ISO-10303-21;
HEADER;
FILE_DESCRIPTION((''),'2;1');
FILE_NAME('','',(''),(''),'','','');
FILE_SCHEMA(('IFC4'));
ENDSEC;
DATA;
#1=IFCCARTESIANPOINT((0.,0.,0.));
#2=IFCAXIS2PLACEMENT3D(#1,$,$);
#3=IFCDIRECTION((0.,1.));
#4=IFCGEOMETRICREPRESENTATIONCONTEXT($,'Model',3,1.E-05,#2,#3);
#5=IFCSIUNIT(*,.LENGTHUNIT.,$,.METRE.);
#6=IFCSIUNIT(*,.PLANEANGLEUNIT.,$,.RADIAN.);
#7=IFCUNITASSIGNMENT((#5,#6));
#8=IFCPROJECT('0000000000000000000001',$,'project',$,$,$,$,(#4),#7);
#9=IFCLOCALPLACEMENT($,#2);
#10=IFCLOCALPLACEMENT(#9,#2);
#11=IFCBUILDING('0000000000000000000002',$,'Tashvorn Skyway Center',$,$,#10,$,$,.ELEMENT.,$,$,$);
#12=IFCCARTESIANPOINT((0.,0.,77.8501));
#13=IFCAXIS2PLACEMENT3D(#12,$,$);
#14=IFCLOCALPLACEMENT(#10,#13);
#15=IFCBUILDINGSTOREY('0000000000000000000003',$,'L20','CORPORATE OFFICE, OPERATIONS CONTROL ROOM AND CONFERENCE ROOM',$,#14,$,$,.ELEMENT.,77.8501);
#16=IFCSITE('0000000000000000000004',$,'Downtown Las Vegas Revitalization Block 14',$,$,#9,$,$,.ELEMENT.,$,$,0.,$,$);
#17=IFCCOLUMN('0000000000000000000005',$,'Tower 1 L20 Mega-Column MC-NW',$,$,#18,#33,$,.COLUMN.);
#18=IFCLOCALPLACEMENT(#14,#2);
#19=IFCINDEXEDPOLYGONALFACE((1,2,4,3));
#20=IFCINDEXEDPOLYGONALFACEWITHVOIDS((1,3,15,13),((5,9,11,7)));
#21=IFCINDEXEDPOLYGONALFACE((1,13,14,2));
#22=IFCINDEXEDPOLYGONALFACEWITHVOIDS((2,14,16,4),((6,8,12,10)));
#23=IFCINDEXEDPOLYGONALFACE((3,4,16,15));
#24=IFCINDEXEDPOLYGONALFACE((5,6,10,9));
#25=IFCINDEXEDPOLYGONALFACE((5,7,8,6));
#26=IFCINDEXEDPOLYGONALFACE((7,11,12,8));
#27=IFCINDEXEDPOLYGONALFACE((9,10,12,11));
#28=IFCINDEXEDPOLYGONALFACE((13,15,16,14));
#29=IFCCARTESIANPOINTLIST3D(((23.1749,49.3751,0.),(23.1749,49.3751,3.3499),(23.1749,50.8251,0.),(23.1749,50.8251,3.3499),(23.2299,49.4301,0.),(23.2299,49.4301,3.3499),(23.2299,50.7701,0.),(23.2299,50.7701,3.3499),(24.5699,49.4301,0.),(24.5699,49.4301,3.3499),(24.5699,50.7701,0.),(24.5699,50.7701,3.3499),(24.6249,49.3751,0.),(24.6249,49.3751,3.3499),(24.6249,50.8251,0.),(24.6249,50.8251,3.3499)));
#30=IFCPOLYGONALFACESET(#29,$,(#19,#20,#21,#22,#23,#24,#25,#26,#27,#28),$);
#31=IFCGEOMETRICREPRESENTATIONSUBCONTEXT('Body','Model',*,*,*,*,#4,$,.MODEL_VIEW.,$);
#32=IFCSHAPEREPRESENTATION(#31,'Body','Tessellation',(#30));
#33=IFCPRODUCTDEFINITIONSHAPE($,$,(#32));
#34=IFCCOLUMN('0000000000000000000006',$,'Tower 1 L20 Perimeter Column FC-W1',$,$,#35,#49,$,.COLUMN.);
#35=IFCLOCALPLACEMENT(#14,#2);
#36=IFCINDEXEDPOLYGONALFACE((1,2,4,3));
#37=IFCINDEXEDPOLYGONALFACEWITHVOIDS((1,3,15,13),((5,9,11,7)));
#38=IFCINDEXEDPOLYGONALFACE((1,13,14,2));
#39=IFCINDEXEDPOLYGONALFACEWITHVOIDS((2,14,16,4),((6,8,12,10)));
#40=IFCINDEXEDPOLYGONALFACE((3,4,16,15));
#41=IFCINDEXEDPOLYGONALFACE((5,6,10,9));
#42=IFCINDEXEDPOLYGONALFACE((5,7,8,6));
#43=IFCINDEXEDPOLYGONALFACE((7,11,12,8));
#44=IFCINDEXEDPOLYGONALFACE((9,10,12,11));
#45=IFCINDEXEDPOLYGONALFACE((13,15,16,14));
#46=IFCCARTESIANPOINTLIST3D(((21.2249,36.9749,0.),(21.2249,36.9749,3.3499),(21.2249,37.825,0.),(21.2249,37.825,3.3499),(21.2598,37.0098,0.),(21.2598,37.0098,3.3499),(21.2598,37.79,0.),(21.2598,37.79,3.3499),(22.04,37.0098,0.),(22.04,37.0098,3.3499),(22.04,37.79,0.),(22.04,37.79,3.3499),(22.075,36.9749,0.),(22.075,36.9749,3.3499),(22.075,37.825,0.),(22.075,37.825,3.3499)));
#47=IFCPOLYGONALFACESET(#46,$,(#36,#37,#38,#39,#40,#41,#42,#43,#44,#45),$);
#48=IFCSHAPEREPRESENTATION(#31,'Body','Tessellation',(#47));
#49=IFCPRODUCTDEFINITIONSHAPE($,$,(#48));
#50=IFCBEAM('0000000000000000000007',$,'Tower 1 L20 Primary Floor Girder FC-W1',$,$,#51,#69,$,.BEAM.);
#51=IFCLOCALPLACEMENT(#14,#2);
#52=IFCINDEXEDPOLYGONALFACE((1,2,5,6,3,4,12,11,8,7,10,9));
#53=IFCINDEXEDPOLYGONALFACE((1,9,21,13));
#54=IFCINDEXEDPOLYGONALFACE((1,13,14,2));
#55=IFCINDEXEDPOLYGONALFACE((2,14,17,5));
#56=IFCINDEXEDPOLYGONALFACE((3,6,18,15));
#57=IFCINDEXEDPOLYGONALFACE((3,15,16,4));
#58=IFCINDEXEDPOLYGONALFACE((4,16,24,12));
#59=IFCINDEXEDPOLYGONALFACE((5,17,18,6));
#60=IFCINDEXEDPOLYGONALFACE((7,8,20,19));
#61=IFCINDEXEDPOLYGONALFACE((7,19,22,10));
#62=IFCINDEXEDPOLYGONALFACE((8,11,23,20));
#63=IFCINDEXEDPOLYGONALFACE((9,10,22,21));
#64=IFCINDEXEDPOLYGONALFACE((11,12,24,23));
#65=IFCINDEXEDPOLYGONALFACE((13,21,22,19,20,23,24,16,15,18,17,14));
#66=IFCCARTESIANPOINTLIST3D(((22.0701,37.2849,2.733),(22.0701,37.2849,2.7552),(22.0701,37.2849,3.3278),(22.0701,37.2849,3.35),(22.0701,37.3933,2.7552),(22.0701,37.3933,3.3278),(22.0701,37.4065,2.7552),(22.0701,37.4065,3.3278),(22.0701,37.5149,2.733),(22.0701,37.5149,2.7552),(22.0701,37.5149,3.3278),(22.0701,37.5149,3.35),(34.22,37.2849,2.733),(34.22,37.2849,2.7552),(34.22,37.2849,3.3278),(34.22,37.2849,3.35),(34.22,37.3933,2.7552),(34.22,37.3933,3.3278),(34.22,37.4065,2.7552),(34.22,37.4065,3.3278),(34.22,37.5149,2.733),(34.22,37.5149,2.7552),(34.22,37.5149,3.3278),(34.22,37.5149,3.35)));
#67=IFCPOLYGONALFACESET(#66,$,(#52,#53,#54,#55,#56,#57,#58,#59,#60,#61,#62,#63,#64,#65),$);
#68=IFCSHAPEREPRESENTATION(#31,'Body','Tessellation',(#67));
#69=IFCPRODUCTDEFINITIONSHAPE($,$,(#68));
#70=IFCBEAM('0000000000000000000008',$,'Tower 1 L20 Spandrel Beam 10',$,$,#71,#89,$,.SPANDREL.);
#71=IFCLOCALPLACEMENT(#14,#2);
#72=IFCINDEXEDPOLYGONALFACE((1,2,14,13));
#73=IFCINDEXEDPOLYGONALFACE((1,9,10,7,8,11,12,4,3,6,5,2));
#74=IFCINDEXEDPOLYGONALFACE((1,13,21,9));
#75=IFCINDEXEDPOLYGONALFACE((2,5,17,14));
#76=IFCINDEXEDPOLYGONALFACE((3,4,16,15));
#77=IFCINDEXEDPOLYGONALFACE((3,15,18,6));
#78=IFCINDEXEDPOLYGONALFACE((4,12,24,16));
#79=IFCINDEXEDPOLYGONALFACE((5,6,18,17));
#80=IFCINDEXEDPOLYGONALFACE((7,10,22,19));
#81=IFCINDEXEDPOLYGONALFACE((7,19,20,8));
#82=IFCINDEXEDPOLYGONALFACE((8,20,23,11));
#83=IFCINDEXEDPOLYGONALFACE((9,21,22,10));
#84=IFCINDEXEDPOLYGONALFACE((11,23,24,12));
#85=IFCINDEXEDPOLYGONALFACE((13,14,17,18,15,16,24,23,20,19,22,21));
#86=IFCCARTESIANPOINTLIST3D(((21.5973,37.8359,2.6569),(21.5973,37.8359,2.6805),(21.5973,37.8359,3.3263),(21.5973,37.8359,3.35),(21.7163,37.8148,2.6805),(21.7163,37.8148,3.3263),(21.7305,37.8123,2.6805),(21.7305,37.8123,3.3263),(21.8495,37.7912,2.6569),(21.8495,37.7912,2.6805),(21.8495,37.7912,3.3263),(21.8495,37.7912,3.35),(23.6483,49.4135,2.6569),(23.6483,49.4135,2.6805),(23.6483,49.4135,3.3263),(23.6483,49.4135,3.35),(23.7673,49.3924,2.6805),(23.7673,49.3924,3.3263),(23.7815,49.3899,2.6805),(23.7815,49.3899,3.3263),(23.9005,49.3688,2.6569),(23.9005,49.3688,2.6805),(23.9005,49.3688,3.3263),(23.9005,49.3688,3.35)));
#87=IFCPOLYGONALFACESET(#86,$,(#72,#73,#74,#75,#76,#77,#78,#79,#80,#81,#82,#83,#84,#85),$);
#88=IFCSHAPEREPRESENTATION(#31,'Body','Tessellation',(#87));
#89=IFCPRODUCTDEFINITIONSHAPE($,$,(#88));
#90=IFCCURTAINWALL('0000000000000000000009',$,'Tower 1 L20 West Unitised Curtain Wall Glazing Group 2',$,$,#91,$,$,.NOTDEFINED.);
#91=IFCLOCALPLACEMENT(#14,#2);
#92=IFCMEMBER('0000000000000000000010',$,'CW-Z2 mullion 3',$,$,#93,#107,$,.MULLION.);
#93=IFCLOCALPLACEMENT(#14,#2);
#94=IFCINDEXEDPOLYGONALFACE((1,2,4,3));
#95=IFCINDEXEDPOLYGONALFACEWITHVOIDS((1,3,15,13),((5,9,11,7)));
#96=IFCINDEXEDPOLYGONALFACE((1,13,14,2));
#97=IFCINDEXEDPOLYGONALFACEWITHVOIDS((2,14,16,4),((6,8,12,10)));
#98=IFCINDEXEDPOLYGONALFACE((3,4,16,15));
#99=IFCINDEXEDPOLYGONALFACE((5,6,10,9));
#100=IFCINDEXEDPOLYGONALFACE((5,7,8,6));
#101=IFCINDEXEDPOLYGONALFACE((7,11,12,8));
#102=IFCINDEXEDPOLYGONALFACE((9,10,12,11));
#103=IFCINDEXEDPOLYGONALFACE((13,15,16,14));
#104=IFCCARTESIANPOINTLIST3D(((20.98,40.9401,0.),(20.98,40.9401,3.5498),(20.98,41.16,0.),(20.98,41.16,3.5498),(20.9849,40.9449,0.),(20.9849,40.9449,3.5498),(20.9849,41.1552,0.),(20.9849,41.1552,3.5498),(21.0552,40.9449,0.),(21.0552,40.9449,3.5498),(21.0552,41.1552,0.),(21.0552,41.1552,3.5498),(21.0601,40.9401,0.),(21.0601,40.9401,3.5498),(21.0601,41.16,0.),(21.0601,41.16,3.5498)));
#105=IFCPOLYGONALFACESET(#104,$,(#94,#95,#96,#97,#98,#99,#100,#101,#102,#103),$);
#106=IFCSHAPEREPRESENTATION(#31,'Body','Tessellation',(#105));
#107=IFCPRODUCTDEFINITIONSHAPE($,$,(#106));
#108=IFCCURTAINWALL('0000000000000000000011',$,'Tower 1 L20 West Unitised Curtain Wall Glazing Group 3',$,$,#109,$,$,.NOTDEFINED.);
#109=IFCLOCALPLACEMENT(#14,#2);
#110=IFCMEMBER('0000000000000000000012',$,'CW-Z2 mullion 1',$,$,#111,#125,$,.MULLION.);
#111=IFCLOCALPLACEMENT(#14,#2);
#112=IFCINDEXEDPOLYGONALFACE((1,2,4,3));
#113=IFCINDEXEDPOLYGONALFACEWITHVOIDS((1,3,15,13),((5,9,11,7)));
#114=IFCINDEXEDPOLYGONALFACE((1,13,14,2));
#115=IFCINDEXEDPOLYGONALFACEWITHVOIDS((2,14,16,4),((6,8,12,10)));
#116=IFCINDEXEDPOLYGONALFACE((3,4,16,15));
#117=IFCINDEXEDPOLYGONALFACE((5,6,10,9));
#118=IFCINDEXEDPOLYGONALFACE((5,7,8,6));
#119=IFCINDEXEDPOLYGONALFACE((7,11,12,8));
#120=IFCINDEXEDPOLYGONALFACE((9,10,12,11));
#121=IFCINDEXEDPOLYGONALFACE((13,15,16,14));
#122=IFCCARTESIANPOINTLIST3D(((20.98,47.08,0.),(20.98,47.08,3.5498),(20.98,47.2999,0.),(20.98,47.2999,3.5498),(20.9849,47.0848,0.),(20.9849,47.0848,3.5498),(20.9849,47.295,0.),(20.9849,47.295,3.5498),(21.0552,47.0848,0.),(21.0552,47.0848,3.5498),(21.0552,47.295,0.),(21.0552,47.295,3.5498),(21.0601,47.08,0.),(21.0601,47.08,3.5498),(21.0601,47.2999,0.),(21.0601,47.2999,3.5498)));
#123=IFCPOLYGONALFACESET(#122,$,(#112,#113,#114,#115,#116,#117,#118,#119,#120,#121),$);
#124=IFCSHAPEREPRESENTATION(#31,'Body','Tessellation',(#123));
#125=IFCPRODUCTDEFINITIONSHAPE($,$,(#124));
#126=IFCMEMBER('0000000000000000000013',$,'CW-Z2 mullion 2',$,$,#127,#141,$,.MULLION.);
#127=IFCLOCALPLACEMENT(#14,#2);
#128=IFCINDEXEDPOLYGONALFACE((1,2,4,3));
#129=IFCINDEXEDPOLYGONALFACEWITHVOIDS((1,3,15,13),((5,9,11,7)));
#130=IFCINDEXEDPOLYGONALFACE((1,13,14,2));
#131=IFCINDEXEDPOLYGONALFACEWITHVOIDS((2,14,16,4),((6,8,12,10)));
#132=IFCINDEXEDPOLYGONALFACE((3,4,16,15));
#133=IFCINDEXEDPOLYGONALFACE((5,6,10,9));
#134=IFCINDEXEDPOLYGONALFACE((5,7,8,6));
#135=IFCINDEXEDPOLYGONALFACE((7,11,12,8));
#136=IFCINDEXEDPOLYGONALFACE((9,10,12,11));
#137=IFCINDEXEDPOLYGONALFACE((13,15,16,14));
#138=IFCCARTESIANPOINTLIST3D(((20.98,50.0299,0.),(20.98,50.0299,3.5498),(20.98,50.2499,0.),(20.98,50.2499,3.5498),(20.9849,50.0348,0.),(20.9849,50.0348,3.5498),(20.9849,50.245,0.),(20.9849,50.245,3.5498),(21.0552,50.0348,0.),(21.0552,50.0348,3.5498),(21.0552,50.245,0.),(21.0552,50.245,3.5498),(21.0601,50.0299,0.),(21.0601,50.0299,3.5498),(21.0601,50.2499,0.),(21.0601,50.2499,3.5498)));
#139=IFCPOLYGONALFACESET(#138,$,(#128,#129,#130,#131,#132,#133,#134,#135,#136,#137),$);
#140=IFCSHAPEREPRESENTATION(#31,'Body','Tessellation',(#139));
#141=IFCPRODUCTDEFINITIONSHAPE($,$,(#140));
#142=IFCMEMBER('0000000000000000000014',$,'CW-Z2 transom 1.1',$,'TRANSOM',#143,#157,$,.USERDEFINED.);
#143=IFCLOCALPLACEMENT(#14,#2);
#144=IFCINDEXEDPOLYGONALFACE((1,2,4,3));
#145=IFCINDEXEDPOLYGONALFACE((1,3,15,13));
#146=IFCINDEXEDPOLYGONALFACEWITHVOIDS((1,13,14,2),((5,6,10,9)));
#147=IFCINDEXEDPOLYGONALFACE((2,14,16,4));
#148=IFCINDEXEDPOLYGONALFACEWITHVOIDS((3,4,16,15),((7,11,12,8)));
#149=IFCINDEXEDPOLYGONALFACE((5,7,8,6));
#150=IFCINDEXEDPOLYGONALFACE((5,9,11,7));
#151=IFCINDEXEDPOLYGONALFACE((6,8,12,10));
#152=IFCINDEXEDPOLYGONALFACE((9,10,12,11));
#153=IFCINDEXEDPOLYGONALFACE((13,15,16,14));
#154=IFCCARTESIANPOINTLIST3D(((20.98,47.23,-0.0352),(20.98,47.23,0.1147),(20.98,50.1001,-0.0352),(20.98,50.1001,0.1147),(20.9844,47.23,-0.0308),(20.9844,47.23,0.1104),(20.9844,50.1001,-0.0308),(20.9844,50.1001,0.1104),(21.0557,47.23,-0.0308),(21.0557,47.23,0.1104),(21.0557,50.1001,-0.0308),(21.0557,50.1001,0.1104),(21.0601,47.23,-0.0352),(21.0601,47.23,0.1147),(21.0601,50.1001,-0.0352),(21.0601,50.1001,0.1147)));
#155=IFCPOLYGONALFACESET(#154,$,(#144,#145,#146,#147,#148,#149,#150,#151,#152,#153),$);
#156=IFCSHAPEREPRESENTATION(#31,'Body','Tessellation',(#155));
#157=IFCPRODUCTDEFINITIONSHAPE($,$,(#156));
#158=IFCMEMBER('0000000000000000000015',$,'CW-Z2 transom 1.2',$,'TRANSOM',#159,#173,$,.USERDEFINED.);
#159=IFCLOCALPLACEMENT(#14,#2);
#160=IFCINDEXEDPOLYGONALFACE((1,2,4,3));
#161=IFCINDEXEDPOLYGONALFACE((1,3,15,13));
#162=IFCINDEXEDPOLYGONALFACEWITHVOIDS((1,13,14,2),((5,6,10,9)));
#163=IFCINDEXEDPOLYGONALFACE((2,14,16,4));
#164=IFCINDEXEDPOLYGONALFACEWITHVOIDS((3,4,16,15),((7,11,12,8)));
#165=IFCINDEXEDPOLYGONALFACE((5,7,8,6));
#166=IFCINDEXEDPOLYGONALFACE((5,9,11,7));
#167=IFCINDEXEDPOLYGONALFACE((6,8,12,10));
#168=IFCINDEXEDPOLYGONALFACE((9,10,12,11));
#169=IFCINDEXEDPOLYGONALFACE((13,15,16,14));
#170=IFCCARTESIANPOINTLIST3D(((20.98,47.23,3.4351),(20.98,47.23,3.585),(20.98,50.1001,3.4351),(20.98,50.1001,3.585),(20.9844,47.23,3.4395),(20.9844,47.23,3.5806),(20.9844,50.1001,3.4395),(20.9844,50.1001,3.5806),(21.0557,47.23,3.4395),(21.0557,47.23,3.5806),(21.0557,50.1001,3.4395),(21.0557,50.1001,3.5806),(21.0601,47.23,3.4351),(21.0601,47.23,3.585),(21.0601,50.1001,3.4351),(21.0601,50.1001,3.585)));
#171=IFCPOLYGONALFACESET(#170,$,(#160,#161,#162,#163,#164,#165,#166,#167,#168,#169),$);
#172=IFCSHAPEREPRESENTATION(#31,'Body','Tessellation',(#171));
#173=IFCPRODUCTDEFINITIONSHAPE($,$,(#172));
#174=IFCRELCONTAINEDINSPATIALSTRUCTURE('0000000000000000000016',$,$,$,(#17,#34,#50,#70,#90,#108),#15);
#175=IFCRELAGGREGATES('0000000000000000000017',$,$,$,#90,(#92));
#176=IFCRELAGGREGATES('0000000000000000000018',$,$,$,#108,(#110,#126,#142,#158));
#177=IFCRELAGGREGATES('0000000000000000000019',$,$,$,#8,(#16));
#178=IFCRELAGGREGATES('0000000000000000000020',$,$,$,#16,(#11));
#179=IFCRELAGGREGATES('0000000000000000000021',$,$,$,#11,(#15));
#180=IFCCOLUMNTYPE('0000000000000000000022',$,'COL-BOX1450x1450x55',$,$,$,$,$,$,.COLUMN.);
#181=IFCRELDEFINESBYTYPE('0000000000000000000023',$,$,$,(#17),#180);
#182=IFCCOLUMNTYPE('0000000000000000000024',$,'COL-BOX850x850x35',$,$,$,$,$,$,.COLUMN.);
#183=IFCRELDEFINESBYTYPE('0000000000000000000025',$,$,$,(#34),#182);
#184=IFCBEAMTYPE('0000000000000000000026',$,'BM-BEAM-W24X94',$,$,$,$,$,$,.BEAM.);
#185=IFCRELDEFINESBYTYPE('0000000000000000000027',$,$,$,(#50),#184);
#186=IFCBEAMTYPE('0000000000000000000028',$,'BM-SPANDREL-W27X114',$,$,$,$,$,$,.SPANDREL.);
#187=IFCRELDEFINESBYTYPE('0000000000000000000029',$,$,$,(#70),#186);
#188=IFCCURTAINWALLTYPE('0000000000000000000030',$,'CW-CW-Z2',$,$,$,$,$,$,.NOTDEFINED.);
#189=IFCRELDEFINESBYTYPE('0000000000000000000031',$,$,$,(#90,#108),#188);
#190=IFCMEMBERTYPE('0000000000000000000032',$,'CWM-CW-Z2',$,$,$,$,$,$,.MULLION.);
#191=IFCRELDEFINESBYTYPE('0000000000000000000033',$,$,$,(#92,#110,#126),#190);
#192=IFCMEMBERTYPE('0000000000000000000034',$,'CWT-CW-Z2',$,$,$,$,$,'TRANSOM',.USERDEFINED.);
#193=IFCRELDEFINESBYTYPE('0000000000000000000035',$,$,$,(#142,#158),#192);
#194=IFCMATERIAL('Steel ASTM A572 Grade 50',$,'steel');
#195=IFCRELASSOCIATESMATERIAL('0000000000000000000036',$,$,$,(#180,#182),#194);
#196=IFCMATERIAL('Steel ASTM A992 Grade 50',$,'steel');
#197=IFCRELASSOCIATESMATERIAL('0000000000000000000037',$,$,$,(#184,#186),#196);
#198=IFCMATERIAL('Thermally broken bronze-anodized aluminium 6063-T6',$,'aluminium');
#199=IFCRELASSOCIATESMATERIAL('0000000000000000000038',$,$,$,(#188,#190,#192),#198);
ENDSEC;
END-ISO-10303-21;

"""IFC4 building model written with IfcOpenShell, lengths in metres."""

from ifc_helpers import new_model, si_unit, direction, frame, origin, origin_2d, place, context, subcontext, project, spatial, hollow_rectangle, i_section, extrude, material, material_profile, profile_set, type_object, element, aggregate, save


model = new_model("IFC4")

# Units and contexts
model_context = context("Model", 3, precision=1e-05, world=origin(), true_north=direction((0.0, 1.0)))
body_context = subcontext(model_context, "Body", "Model", "MODEL_VIEW")
ifc_project = project(units=[si_unit("LENGTHUNIT", "METRE"), si_unit("PLANEANGLEUNIT", "RADIAN")], contexts=[model_context])

# Site, building, storey
site_placement = place(None, origin())
site = spatial("IfcSite", under=ifc_project, at=site_placement, Name="Downtown Las Vegas Revitalization Block 14", CompositionType="ELEMENT", RefElevation=0.0)
building_placement = place(site_placement, origin())
building = spatial("IfcBuilding", under=site, at=building_placement, Name="Tashvorn Skyway Center", CompositionType="ELEMENT")
storey_placement = place(building_placement, frame((0.0, 0.0, 77.8501)))
storey = spatial("IfcBuildingStorey", under=building, at=storey_placement, Name="L20", Description="CORPORATE OFFICE, OPERATIONS CONTROL ROOM AND CONFERENCE ROOM", CompositionType="ELEMENT", Elevation=77.8501)

# Columns
ifc_material_1 = material(Name="Steel ASTM A572 Grade 50", Category="steel")
ifc_material_profile_1 = material_profile(ifc_material_1, hollow_rectangle(XDim=1.45, YDim=1.45, WallThickness=0.0549, at=origin_2d()), Name="BOX1450x1450x55")
ifc_profile_set_1 = profile_set([ifc_material_profile_1], Name="Steel ASTM A572 Grade 50")
column_type_1 = type_object("IfcColumnType", Name="COL-BOX1450x1450x55", PredefinedType="COLUMN", material=ifc_profile_set_1)
column_1_placement = place(storey_placement, frame((23.8999, 50.1001, 0.0), z_axis=(0.0, 0.0, 1.0), x_axis=(1.0, 0.0, 0.0)))
element("IfcColumn", 1, at=column_1_placement, inside=storey, type_object=column_type_1, Name="Tower 1 L20 Mega-Column MC-NW", PredefinedType="COLUMN", context=body_context, shape_type="SweptSolid", body=[
    extrude(hollow_rectangle(XDim=1.45, YDim=1.45, WallThickness=0.0549, at=origin_2d()), origin(), (0.0, 0.0, 1.0), 3.3499),
])
ifc_material_profile_2 = material_profile(ifc_material_1, hollow_rectangle(XDim=0.8501, YDim=0.8501, WallThickness=0.0349, at=origin_2d()), Name="BOX850x850x35")
ifc_profile_set_2 = profile_set([ifc_material_profile_2], Name="Steel ASTM A572 Grade 50")
column_type_2 = type_object("IfcColumnType", Name="COL-BOX850x850x35", PredefinedType="COLUMN", material=ifc_profile_set_2)
column_2_placement = place(storey_placement, frame((21.6499, 37.3999, 0.0), z_axis=(0.0, 0.0, 1.0), x_axis=(1.0, 0.0, 0.0)))
element("IfcColumn", 2, at=column_2_placement, inside=storey, type_object=column_type_2, Name="Tower 1 L20 Perimeter Column FC-W1", PredefinedType="COLUMN", context=body_context, shape_type="SweptSolid", body=[
    extrude(hollow_rectangle(XDim=0.8501, YDim=0.8501, WallThickness=0.0349, at=origin_2d()), origin(), (0.0, 0.0, 1.0), 3.3499),
])

# Beams
ifc_material_2 = material(Name="Steel ASTM A992 Grade 50", Category="steel")
ifc_material_profile_3 = material_profile(ifc_material_2, i_section(OverallWidth=0.23, OverallDepth=0.6169, WebThickness=0.0132, FlangeThickness=0.0222, at=origin_2d()), Name="W24X94")
ifc_profile_set_3 = profile_set([ifc_material_profile_3], Name="Steel ASTM A992 Grade 50")
beam_type_1 = type_object("IfcBeamType", Name="BM-BEAM-W24X94", PredefinedType="BEAM", material=ifc_profile_set_3)
beam_1_placement = place(storey_placement, frame((22.0701, 37.3999, 3.0415), z_axis=(1.0, 0.0, 0.0), x_axis=(0.0, 1.0, 0.0)))
element("IfcBeam", 3, at=beam_1_placement, inside=storey, type_object=beam_type_1, Name="Tower 1 L20 Primary Floor Girder FC-W1", PredefinedType="BEAM", context=body_context, shape_type="SweptSolid", body=[
    extrude(i_section(OverallWidth=0.23, OverallDepth=0.6169, WebThickness=0.0132, FlangeThickness=0.0222, at=origin_2d()), origin(), (0.0, 0.0, 1.0), 12.1499),
])
ifc_material_profile_4 = material_profile(ifc_material_2, i_section(OverallWidth=0.2561, OverallDepth=0.6931, WebThickness=0.0144, FlangeThickness=0.0237, at=origin_2d()), Name="W27X114")
ifc_profile_set_4 = profile_set([ifc_material_profile_4], Name="Steel ASTM A992 Grade 50")
beam_type_2 = type_object("IfcBeamType", Name="BM-SPANDREL-W27X114", PredefinedType="SPANDREL", material=ifc_profile_set_4)
beam_2_placement = place(storey_placement, frame((23.7744, 49.3911, 3.0034), z_axis=(-0.174438, -0.984668, 0.0), x_axis=(0.984668, -0.174438, 0.0)))
element("IfcBeam", 4, at=beam_2_placement, inside=storey, type_object=beam_type_2, Name="Tower 1 L20 Spandrel Beam 10", PredefinedType="SPANDREL", context=body_context, shape_type="SweptSolid", body=[
    extrude(i_section(OverallWidth=0.2561, OverallDepth=0.6931, WebThickness=0.0144, FlangeThickness=0.0237, at=origin_2d()), origin(), (0.0, 0.0, 1.0), 11.7578),
])

# Curtain wall, member
ifc_material_3 = material(Name="Thermally broken bronze-anodized aluminium 6063-T6", Category="aluminium")
curtain_wall_type = type_object("IfcCurtainWallType", Name="CW-CW-Z2", PredefinedType="NOTDEFINED", material=ifc_material_3)
curtain_wall_1_placement = place(storey_placement, origin())
curtain_wall_1 = element("IfcCurtainWall", 5, at=curtain_wall_1_placement, inside=storey, type_object=curtain_wall_type, Name="Tower 1 L20 West Unitised Curtain Wall Glazing Group 2", PredefinedType="NOTDEFINED")
ifc_material_profile_5 = material_profile(ifc_material_3, hollow_rectangle(XDim=0.0801, YDim=0.22, WallThickness=0.0049, at=origin_2d()), Name="ALU-MULL-80x220")
ifc_profile_set_5 = profile_set([ifc_material_profile_5], Name="Thermally broken bronze-anodized aluminium 6063-T6")
member_type_1 = type_object("IfcMemberType", Name="CWM-CW-Z2", PredefinedType="MULLION", material=ifc_profile_set_5)
member_1_placement = place(storey_placement, frame((21.02, 41.05, 0.0), z_axis=(0.0, 0.0, 1.0), x_axis=(-1.0, 0.0, 0.0)))
member_1 = element("IfcMember", 6, at=member_1_placement, type_object=member_type_1, Name="CW-Z2 mullion 3", PredefinedType="MULLION", context=body_context, shape_type="SweptSolid", body=[
    extrude(hollow_rectangle(XDim=0.0801, YDim=0.22, WallThickness=0.0049, at=origin_2d()), origin(), (0.0, 0.0, 1.0), 3.5498),
])
aggregate(curtain_wall_1, [member_1])

# Curtain wall, members
curtain_wall_2_placement = place(storey_placement, origin())
curtain_wall_2 = element("IfcCurtainWall", 7, at=curtain_wall_2_placement, inside=storey, type_object=curtain_wall_type, Name="Tower 1 L20 West Unitised Curtain Wall Glazing Group 3", PredefinedType="NOTDEFINED")
member_2_placement = place(storey_placement, frame((21.02, 47.1899, 0.0), z_axis=(0.0, 0.0, 1.0), x_axis=(-1.0, 0.0, 0.0)))
member_2 = element("IfcMember", 8, at=member_2_placement, type_object=member_type_1, Name="CW-Z2 mullion 1", PredefinedType="MULLION", context=body_context, shape_type="SweptSolid", body=[
    extrude(hollow_rectangle(XDim=0.0801, YDim=0.22, WallThickness=0.0049, at=origin_2d()), origin(), (0.0, 0.0, 1.0), 3.5498),
])
member_3_placement = place(storey_placement, frame((21.02, 50.1399, 0.0), z_axis=(0.0, 0.0, 1.0), x_axis=(-1.0, 0.0, 0.0)))
member_3 = element("IfcMember", 9, at=member_3_placement, type_object=member_type_1, Name="CW-Z2 mullion 2", PredefinedType="MULLION", context=body_context, shape_type="SweptSolid", body=[
    extrude(hollow_rectangle(XDim=0.0801, YDim=0.22, WallThickness=0.0049, at=origin_2d()), origin(), (0.0, 0.0, 1.0), 3.5498),
])
ifc_material_profile_6 = material_profile(ifc_material_3, hollow_rectangle(XDim=0.0801, YDim=0.1499, WallThickness=0.0044, at=origin_2d()), Name="ALU-TRAN-80x150")
ifc_profile_set_6 = profile_set([ifc_material_profile_6], Name="Thermally broken bronze-anodized aluminium 6063-T6")
member_type_2 = type_object("IfcMemberType", Name="CWT-CW-Z2", ElementType="TRANSOM", PredefinedType="USERDEFINED", material=ifc_profile_set_6)
member_4_placement = place(storey_placement, frame((21.02, 47.23, 0.0398), z_axis=(0.0, 1.0, 0.0), x_axis=(-1.0, 0.0, 0.0)))
member_4 = element("IfcMember", 10, at=member_4_placement, type_object=member_type_2, Name="CW-Z2 transom 1.1", ObjectType="TRANSOM", PredefinedType="USERDEFINED", context=body_context, shape_type="SweptSolid", body=[
    extrude(hollow_rectangle(XDim=0.0801, YDim=0.1499, WallThickness=0.0044, at=origin_2d()), origin(), (0.0, 0.0, 1.0), 2.8701),
])
member_5_placement = place(storey_placement, frame((21.02, 47.23, 3.51), z_axis=(0.0, 1.0, 0.0), x_axis=(-1.0, 0.0, 0.0)))
member_5 = element("IfcMember", 11, at=member_5_placement, type_object=member_type_2, Name="CW-Z2 transom 1.2", ObjectType="TRANSOM", PredefinedType="USERDEFINED", context=body_context, shape_type="SweptSolid", body=[
    extrude(hollow_rectangle(XDim=0.0801, YDim=0.1499, WallThickness=0.0044, at=origin_2d()), origin(), (0.0, 0.0, 1.0), 2.8701),
])
aggregate(curtain_wall_2, [member_2, member_3, member_4, member_5])

save(model, "model.ifc")
